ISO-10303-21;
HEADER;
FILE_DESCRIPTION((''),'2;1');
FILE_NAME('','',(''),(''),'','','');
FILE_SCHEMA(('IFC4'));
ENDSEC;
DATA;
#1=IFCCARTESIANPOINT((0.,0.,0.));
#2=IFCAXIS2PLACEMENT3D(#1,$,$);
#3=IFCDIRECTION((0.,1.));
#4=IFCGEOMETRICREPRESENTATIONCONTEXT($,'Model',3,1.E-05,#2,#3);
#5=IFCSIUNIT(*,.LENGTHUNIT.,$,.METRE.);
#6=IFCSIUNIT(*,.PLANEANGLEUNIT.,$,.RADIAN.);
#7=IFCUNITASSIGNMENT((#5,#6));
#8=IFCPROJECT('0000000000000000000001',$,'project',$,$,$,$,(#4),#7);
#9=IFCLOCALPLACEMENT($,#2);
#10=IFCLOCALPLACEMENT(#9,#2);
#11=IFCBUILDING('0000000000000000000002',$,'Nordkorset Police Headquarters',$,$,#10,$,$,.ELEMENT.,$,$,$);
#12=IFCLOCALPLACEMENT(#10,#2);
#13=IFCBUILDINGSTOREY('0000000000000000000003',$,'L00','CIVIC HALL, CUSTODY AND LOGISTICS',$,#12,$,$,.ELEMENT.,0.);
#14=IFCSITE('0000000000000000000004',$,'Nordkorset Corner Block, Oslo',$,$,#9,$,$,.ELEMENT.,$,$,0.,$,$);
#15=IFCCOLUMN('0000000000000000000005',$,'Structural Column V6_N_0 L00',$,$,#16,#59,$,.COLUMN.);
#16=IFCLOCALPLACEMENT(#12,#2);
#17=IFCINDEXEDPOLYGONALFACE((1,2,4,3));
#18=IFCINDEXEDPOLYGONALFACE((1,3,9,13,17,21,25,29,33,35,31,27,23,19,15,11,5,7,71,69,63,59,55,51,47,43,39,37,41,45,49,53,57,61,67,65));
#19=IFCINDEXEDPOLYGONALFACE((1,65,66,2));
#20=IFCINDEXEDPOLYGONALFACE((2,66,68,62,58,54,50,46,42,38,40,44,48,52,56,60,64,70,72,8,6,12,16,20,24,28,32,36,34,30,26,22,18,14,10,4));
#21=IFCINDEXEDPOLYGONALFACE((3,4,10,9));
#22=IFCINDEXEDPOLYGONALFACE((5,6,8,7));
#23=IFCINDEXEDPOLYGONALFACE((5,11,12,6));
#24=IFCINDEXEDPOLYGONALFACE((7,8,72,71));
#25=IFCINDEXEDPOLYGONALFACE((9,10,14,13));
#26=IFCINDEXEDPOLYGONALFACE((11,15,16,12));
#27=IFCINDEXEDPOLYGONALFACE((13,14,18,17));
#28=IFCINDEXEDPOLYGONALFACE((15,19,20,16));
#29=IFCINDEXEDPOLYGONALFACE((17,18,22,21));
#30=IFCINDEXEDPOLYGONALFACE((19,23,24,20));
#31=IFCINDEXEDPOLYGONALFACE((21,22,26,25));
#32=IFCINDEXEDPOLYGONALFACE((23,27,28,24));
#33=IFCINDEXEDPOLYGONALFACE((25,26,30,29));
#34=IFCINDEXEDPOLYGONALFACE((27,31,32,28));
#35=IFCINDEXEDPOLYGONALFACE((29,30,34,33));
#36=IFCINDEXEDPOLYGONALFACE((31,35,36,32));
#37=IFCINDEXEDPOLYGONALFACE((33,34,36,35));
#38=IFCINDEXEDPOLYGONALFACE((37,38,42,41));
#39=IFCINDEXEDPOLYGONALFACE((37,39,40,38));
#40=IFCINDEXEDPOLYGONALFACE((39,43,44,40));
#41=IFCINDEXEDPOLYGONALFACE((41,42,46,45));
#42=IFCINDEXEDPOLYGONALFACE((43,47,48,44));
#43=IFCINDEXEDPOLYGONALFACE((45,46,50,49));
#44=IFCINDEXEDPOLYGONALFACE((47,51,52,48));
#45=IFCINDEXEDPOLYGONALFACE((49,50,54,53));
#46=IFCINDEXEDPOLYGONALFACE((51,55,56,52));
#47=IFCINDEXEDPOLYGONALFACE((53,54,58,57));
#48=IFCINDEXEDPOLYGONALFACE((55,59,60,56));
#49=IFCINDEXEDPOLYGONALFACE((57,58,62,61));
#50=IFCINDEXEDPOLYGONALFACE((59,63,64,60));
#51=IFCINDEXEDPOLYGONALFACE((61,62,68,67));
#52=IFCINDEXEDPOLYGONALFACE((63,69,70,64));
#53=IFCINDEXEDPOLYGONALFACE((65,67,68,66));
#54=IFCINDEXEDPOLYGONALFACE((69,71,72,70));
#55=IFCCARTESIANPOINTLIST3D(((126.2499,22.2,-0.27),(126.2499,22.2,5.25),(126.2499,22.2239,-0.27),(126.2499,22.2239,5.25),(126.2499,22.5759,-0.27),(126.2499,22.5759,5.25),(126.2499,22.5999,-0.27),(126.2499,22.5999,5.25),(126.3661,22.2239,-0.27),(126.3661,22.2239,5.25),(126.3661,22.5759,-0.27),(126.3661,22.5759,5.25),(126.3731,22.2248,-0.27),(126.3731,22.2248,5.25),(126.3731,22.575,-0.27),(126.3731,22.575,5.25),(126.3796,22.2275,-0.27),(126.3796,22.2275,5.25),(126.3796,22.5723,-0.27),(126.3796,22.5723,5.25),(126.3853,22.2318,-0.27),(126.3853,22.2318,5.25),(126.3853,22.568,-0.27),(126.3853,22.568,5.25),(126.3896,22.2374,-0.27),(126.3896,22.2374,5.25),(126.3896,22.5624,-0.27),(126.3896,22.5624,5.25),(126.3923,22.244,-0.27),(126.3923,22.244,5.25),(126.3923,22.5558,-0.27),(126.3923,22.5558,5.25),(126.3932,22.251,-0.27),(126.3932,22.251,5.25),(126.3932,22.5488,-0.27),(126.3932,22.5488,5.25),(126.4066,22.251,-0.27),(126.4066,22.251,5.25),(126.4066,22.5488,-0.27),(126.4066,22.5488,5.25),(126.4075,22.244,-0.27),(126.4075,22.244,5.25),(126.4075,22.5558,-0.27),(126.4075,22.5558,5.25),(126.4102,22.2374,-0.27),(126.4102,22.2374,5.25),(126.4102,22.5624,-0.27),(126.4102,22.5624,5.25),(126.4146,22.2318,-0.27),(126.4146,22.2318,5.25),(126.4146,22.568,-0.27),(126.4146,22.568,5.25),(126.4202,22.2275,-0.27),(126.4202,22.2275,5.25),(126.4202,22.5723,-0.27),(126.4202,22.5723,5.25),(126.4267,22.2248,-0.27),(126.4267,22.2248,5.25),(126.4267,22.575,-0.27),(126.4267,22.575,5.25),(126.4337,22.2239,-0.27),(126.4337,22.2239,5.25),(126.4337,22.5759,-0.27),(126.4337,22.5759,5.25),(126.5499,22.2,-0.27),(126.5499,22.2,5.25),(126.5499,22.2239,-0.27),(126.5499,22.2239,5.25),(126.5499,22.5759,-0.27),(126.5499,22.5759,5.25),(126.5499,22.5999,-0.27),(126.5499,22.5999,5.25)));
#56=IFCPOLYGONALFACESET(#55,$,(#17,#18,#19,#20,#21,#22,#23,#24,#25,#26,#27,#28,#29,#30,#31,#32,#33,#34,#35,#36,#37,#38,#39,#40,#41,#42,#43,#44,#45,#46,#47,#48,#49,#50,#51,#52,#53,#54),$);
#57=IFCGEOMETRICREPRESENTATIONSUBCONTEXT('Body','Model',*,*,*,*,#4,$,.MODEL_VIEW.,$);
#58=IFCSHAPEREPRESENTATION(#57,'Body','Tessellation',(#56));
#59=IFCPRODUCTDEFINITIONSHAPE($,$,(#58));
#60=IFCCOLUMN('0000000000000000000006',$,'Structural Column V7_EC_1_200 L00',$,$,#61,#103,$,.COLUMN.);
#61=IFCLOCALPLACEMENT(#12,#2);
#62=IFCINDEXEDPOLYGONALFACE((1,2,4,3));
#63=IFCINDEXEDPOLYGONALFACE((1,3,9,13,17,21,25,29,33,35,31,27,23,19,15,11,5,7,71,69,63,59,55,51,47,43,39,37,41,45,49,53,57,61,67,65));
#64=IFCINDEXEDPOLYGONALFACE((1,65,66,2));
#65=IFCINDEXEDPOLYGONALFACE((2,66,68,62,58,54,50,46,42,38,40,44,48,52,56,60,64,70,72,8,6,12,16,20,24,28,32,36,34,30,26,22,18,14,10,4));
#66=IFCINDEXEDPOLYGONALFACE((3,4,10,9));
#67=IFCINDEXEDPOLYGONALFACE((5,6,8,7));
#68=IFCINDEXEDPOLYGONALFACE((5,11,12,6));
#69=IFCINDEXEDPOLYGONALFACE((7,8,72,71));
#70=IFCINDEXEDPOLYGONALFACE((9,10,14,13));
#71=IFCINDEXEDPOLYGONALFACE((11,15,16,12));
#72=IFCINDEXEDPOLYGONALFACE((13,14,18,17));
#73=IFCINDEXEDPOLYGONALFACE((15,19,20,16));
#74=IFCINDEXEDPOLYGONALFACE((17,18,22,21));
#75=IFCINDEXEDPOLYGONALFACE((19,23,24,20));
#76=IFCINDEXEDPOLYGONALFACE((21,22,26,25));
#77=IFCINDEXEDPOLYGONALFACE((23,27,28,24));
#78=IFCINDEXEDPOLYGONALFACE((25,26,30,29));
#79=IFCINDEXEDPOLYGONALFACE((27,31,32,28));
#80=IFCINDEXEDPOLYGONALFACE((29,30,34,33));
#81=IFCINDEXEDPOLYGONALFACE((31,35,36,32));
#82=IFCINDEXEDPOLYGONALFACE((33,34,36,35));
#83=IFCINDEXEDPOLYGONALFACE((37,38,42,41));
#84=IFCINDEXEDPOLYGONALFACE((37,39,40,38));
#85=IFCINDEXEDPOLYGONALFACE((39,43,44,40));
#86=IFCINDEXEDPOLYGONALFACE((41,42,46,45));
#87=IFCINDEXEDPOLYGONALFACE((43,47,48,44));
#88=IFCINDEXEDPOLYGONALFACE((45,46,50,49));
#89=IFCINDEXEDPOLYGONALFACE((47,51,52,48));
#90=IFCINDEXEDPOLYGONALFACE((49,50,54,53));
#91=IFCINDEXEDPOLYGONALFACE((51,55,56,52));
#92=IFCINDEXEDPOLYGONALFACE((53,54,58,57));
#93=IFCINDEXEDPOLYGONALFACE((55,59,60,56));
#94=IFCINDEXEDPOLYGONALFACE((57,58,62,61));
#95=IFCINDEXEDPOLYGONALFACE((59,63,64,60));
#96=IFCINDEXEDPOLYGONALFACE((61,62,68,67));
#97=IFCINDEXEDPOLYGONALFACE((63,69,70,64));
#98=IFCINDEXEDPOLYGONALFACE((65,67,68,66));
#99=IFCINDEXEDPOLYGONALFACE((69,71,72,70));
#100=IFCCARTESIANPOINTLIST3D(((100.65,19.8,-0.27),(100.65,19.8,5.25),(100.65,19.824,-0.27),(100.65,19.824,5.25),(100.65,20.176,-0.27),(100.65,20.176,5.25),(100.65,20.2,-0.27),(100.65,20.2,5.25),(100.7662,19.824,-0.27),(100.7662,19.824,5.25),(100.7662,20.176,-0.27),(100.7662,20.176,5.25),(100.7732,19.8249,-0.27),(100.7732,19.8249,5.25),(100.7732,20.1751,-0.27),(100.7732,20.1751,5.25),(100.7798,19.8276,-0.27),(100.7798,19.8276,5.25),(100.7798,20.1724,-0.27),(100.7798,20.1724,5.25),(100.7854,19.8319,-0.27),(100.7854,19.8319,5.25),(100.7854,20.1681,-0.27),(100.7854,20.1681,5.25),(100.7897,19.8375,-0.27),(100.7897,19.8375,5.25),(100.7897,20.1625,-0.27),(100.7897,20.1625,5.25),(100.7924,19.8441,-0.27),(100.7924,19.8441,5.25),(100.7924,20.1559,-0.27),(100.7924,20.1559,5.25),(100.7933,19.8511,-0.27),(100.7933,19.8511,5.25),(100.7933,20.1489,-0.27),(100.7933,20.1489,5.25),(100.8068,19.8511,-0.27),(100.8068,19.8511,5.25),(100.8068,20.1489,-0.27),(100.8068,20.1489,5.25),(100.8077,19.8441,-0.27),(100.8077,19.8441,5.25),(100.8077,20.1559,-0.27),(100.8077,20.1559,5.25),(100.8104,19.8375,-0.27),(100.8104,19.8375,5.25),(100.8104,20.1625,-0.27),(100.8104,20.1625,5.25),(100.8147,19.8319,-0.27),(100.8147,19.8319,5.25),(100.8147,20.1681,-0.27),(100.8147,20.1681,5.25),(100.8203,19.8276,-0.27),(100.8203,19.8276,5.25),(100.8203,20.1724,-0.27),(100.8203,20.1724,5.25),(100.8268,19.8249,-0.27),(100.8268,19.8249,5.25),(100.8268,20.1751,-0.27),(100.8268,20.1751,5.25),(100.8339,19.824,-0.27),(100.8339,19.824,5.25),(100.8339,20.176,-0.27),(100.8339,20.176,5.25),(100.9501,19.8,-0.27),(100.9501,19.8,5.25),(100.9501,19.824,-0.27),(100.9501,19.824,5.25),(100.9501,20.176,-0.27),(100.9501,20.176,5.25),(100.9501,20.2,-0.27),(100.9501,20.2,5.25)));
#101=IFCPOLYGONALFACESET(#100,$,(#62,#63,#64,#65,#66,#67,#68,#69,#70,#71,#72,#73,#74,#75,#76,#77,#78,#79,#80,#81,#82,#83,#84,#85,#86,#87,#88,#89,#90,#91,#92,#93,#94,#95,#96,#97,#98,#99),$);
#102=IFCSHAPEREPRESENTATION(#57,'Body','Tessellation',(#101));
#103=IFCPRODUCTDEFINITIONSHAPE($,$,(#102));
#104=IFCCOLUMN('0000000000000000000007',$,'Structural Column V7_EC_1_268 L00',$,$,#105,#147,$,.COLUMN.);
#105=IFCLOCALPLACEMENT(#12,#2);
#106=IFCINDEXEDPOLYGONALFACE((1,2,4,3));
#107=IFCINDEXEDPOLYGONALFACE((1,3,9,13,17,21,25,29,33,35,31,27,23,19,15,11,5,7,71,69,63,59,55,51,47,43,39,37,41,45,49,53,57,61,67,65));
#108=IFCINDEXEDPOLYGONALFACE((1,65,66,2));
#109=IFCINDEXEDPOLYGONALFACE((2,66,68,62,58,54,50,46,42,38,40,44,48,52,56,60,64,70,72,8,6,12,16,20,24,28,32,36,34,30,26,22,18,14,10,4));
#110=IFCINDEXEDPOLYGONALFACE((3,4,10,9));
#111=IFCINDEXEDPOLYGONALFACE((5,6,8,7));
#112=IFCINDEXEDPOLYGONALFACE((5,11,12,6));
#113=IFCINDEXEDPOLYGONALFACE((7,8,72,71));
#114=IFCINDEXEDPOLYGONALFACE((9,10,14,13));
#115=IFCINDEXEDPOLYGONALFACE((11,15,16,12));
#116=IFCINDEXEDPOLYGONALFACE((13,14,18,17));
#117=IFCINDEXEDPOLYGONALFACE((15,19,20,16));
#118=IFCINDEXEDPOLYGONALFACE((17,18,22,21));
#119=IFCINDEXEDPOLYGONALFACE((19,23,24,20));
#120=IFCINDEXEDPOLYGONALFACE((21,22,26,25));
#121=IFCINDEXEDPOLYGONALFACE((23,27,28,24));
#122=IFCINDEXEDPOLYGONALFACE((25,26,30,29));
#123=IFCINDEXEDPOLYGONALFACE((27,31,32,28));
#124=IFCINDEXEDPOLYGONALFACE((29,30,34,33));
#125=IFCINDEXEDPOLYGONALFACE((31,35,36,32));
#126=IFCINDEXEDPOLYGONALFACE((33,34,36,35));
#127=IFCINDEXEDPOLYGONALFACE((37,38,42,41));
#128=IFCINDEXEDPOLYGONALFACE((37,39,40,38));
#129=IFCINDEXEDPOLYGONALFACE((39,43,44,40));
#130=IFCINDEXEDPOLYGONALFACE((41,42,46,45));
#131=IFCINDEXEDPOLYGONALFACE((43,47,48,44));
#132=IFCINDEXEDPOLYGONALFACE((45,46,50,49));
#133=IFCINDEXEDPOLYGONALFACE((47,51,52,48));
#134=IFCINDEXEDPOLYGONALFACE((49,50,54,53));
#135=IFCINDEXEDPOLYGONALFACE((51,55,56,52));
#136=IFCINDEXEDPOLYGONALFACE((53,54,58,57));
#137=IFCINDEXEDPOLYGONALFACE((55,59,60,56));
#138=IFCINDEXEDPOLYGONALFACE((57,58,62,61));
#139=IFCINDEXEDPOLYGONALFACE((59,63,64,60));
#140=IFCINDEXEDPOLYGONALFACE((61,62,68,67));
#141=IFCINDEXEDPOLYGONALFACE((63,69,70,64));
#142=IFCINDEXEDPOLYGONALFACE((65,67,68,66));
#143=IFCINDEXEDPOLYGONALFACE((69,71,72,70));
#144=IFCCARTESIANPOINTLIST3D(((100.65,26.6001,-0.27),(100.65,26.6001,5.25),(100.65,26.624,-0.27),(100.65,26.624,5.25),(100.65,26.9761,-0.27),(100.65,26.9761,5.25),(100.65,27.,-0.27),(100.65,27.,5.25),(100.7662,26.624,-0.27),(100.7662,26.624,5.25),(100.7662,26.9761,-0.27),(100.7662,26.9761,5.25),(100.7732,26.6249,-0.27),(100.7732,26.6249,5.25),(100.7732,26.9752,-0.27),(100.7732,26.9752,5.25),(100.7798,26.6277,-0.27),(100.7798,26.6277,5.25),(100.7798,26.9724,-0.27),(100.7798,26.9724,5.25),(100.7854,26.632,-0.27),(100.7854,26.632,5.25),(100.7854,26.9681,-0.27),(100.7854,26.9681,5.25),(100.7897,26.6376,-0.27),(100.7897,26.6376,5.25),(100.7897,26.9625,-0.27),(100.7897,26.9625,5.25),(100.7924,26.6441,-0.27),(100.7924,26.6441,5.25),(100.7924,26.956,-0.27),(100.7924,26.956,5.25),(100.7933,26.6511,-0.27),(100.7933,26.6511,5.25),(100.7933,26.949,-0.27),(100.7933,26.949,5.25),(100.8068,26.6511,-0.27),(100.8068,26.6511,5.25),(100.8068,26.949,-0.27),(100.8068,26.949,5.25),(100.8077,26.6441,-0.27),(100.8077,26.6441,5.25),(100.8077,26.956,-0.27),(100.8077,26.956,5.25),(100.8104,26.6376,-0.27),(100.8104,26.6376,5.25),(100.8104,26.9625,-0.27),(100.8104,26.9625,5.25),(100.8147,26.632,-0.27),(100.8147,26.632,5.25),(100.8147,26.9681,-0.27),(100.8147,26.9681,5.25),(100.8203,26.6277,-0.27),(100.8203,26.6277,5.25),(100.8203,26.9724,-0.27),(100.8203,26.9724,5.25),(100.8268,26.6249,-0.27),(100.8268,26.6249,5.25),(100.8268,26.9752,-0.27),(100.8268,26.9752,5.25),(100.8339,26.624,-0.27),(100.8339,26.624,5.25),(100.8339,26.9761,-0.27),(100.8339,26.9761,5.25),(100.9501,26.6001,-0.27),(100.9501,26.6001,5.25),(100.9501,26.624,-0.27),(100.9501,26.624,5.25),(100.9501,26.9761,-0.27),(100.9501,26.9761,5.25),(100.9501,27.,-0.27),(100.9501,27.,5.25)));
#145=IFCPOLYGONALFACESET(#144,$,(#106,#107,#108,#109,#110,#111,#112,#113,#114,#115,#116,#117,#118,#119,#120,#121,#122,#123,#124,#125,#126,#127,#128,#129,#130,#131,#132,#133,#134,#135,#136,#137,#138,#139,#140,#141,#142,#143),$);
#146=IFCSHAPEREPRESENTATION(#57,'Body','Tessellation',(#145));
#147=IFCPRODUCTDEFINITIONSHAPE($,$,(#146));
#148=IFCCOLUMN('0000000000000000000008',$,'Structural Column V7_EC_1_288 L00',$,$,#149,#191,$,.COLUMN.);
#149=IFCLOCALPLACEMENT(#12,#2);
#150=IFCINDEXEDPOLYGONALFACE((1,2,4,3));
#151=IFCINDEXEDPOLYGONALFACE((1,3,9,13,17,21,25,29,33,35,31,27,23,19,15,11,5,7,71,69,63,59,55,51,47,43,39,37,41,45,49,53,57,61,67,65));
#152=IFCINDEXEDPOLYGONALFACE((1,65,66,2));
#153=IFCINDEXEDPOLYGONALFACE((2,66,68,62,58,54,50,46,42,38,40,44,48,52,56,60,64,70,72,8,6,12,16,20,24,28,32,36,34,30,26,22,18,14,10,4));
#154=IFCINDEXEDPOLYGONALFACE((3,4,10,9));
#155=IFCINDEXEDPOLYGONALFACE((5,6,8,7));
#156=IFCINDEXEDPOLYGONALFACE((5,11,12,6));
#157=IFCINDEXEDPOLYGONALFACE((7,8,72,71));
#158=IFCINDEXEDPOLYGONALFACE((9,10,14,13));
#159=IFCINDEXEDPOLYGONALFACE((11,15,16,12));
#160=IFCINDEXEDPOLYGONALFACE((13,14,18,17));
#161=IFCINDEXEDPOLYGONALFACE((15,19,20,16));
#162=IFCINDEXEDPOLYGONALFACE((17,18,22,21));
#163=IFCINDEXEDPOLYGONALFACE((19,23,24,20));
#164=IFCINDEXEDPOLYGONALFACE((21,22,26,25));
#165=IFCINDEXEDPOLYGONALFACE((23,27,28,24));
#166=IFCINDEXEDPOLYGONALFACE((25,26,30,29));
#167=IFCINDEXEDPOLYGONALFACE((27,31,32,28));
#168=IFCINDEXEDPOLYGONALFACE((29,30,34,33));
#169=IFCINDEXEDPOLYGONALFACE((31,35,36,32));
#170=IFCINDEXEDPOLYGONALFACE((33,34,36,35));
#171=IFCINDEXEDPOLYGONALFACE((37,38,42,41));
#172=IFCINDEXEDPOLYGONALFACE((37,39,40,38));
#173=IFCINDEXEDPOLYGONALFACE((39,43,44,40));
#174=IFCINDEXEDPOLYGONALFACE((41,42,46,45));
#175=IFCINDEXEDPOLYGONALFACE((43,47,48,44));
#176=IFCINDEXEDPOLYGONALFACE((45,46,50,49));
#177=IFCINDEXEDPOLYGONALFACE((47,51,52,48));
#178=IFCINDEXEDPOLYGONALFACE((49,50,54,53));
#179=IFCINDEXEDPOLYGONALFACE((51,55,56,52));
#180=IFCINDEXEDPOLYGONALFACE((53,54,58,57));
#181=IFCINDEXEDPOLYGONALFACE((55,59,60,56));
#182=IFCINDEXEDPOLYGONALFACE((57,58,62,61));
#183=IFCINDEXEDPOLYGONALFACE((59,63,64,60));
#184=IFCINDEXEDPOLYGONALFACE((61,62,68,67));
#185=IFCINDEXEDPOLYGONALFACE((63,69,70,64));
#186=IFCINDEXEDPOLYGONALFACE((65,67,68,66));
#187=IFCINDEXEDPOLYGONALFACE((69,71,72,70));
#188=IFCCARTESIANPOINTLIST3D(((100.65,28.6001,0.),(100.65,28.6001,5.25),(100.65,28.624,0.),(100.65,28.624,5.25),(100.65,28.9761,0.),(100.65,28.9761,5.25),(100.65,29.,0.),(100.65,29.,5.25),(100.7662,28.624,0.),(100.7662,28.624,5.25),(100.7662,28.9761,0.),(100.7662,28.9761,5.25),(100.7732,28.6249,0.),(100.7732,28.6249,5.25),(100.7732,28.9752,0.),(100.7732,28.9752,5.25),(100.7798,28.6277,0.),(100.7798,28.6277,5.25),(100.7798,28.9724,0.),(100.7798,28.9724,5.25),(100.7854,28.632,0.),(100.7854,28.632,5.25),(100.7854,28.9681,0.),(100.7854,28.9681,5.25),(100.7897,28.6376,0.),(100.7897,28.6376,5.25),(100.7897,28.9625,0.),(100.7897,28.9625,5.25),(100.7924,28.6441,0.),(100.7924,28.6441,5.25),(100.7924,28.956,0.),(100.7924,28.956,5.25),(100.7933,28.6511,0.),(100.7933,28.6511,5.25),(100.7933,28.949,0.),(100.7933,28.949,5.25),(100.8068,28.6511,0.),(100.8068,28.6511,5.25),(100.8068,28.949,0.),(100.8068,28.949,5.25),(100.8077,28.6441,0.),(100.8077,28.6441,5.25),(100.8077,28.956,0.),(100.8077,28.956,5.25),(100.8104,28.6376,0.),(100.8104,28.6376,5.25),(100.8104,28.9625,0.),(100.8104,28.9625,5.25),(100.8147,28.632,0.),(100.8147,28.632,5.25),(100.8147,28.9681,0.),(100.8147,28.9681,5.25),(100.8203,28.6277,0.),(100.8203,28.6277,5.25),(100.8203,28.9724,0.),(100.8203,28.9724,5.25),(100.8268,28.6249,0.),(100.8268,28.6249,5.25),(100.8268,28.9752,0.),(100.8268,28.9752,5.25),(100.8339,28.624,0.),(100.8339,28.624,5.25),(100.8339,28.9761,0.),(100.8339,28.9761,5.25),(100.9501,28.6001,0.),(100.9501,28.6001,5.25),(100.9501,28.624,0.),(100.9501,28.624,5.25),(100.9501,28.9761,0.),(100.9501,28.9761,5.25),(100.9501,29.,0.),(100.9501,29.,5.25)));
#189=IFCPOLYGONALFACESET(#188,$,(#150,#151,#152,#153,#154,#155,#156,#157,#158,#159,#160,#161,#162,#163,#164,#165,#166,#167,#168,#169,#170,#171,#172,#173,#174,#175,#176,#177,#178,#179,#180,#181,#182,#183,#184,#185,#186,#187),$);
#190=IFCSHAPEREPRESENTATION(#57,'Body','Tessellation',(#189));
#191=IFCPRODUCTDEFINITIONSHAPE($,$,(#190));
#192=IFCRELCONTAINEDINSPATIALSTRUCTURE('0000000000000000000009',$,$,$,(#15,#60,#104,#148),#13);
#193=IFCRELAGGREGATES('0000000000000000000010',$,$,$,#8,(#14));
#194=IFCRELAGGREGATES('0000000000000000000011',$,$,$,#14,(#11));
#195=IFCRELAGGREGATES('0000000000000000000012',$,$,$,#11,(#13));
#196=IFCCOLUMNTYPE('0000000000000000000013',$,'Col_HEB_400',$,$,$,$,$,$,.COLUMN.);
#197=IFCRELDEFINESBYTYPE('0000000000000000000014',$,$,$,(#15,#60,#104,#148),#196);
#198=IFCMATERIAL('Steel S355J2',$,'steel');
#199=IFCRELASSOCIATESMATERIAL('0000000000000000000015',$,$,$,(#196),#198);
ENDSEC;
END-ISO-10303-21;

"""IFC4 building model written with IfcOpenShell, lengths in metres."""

from ifc_helpers import new_model, si_unit, direction, frame, origin, origin_2d, place, context, subcontext, project, spatial, i_section, extrude, material, material_profile, profile_set, type_object, element, save


model = new_model("IFC4")

# Units and contexts
model_context = context("Model", 3, precision=1e-05, world=origin(), true_north=direction((0.0, 1.0)))
body_context = subcontext(model_context, "Body", "Model", "MODEL_VIEW")
ifc_project = project(units=[si_unit("LENGTHUNIT", "METRE"), si_unit("PLANEANGLEUNIT", "RADIAN")], contexts=[model_context])

# Site, building, storey
site_placement = place(None, origin())
site = spatial("IfcSite", under=ifc_project, at=site_placement, Name="Nordkorset Corner Block, Oslo", CompositionType="ELEMENT", RefElevation=0.0)
building_placement = place(site_placement, origin())
building = spatial("IfcBuilding", under=site, at=building_placement, Name="Nordkorset Police Headquarters", CompositionType="ELEMENT")
storey_placement = place(building_placement, origin())
storey = spatial("IfcBuildingStorey", under=building, at=storey_placement, Name="L00", Description="CIVIC HALL, CUSTODY AND LOGISTICS", CompositionType="ELEMENT", Elevation=0.0)

# Columns
ifc_material_1 = material(Name="Steel S355J2", Category="steel")
ifc_material_profile_1 = material_profile(ifc_material_1, i_section(OverallWidth=0.3, OverallDepth=0.3999, WebThickness=0.0134, FlangeThickness=0.0239, FilletRadius=0.0271, at=origin_2d()), Name="HEB 400")
ifc_profile_set_1 = profile_set([ifc_material_profile_1], Name="Steel S355J2")
column_type = type_object("IfcColumnType", Name="Col_HEB_400", PredefinedType="COLUMN", material=ifc_profile_set_1)
for number, where, z_axis, x_axis, name in (
    (1, (126.3999, 22.3999, -0.27), (0.0, 0.0, 1.0), (1.0, 0.0, 0.0), "Structural Column V6_N_0 L00"),
    (2, (100.8, 20.0, -0.27), (0.0, 0.0, 1.0), (1.0, 0.0, 0.0), "Structural Column V7_EC_1_200 L00"),
    (3, (100.8, 26.8, -0.27), (0.0, 0.0, 1.0), (1.0, 0.0, 0.0), "Structural Column V7_EC_1_268 L00"),
):
    element("IfcColumn", number, at=place(storey_placement, frame(where, z_axis=z_axis, x_axis=x_axis)), inside=storey, type_object=column_type, Name=name, PredefinedType="COLUMN", context=body_context, shape_type="SweptSolid", body=[
        extrude(i_section(OverallWidth=0.3, OverallDepth=0.3999, WebThickness=0.0134, FlangeThickness=0.0239, FilletRadius=0.0271, at=origin_2d()), origin(), (0.0, 0.0, 1.0), 5.52),
    ])
for number, where, z_axis, x_axis, name in (
    (4, (100.8, 28.8, 0.0), (0.0, 0.0, 1.0), (1.0, 0.0, 0.0), "Structural Column V7_EC_1_288 L00"),
):
    element("IfcColumn", number, at=place(storey_placement, frame(where, z_axis=z_axis, x_axis=x_axis)), inside=storey, type_object=column_type, Name=name, PredefinedType="COLUMN", context=body_context, shape_type="SweptSolid", body=[
        extrude(i_section(OverallWidth=0.3, OverallDepth=0.3999, WebThickness=0.0134, FlangeThickness=0.0239, FilletRadius=0.0271, at=origin_2d()), origin(), (0.0, 0.0, 1.0), 5.25),
    ])

save(model, "model.ifc")
